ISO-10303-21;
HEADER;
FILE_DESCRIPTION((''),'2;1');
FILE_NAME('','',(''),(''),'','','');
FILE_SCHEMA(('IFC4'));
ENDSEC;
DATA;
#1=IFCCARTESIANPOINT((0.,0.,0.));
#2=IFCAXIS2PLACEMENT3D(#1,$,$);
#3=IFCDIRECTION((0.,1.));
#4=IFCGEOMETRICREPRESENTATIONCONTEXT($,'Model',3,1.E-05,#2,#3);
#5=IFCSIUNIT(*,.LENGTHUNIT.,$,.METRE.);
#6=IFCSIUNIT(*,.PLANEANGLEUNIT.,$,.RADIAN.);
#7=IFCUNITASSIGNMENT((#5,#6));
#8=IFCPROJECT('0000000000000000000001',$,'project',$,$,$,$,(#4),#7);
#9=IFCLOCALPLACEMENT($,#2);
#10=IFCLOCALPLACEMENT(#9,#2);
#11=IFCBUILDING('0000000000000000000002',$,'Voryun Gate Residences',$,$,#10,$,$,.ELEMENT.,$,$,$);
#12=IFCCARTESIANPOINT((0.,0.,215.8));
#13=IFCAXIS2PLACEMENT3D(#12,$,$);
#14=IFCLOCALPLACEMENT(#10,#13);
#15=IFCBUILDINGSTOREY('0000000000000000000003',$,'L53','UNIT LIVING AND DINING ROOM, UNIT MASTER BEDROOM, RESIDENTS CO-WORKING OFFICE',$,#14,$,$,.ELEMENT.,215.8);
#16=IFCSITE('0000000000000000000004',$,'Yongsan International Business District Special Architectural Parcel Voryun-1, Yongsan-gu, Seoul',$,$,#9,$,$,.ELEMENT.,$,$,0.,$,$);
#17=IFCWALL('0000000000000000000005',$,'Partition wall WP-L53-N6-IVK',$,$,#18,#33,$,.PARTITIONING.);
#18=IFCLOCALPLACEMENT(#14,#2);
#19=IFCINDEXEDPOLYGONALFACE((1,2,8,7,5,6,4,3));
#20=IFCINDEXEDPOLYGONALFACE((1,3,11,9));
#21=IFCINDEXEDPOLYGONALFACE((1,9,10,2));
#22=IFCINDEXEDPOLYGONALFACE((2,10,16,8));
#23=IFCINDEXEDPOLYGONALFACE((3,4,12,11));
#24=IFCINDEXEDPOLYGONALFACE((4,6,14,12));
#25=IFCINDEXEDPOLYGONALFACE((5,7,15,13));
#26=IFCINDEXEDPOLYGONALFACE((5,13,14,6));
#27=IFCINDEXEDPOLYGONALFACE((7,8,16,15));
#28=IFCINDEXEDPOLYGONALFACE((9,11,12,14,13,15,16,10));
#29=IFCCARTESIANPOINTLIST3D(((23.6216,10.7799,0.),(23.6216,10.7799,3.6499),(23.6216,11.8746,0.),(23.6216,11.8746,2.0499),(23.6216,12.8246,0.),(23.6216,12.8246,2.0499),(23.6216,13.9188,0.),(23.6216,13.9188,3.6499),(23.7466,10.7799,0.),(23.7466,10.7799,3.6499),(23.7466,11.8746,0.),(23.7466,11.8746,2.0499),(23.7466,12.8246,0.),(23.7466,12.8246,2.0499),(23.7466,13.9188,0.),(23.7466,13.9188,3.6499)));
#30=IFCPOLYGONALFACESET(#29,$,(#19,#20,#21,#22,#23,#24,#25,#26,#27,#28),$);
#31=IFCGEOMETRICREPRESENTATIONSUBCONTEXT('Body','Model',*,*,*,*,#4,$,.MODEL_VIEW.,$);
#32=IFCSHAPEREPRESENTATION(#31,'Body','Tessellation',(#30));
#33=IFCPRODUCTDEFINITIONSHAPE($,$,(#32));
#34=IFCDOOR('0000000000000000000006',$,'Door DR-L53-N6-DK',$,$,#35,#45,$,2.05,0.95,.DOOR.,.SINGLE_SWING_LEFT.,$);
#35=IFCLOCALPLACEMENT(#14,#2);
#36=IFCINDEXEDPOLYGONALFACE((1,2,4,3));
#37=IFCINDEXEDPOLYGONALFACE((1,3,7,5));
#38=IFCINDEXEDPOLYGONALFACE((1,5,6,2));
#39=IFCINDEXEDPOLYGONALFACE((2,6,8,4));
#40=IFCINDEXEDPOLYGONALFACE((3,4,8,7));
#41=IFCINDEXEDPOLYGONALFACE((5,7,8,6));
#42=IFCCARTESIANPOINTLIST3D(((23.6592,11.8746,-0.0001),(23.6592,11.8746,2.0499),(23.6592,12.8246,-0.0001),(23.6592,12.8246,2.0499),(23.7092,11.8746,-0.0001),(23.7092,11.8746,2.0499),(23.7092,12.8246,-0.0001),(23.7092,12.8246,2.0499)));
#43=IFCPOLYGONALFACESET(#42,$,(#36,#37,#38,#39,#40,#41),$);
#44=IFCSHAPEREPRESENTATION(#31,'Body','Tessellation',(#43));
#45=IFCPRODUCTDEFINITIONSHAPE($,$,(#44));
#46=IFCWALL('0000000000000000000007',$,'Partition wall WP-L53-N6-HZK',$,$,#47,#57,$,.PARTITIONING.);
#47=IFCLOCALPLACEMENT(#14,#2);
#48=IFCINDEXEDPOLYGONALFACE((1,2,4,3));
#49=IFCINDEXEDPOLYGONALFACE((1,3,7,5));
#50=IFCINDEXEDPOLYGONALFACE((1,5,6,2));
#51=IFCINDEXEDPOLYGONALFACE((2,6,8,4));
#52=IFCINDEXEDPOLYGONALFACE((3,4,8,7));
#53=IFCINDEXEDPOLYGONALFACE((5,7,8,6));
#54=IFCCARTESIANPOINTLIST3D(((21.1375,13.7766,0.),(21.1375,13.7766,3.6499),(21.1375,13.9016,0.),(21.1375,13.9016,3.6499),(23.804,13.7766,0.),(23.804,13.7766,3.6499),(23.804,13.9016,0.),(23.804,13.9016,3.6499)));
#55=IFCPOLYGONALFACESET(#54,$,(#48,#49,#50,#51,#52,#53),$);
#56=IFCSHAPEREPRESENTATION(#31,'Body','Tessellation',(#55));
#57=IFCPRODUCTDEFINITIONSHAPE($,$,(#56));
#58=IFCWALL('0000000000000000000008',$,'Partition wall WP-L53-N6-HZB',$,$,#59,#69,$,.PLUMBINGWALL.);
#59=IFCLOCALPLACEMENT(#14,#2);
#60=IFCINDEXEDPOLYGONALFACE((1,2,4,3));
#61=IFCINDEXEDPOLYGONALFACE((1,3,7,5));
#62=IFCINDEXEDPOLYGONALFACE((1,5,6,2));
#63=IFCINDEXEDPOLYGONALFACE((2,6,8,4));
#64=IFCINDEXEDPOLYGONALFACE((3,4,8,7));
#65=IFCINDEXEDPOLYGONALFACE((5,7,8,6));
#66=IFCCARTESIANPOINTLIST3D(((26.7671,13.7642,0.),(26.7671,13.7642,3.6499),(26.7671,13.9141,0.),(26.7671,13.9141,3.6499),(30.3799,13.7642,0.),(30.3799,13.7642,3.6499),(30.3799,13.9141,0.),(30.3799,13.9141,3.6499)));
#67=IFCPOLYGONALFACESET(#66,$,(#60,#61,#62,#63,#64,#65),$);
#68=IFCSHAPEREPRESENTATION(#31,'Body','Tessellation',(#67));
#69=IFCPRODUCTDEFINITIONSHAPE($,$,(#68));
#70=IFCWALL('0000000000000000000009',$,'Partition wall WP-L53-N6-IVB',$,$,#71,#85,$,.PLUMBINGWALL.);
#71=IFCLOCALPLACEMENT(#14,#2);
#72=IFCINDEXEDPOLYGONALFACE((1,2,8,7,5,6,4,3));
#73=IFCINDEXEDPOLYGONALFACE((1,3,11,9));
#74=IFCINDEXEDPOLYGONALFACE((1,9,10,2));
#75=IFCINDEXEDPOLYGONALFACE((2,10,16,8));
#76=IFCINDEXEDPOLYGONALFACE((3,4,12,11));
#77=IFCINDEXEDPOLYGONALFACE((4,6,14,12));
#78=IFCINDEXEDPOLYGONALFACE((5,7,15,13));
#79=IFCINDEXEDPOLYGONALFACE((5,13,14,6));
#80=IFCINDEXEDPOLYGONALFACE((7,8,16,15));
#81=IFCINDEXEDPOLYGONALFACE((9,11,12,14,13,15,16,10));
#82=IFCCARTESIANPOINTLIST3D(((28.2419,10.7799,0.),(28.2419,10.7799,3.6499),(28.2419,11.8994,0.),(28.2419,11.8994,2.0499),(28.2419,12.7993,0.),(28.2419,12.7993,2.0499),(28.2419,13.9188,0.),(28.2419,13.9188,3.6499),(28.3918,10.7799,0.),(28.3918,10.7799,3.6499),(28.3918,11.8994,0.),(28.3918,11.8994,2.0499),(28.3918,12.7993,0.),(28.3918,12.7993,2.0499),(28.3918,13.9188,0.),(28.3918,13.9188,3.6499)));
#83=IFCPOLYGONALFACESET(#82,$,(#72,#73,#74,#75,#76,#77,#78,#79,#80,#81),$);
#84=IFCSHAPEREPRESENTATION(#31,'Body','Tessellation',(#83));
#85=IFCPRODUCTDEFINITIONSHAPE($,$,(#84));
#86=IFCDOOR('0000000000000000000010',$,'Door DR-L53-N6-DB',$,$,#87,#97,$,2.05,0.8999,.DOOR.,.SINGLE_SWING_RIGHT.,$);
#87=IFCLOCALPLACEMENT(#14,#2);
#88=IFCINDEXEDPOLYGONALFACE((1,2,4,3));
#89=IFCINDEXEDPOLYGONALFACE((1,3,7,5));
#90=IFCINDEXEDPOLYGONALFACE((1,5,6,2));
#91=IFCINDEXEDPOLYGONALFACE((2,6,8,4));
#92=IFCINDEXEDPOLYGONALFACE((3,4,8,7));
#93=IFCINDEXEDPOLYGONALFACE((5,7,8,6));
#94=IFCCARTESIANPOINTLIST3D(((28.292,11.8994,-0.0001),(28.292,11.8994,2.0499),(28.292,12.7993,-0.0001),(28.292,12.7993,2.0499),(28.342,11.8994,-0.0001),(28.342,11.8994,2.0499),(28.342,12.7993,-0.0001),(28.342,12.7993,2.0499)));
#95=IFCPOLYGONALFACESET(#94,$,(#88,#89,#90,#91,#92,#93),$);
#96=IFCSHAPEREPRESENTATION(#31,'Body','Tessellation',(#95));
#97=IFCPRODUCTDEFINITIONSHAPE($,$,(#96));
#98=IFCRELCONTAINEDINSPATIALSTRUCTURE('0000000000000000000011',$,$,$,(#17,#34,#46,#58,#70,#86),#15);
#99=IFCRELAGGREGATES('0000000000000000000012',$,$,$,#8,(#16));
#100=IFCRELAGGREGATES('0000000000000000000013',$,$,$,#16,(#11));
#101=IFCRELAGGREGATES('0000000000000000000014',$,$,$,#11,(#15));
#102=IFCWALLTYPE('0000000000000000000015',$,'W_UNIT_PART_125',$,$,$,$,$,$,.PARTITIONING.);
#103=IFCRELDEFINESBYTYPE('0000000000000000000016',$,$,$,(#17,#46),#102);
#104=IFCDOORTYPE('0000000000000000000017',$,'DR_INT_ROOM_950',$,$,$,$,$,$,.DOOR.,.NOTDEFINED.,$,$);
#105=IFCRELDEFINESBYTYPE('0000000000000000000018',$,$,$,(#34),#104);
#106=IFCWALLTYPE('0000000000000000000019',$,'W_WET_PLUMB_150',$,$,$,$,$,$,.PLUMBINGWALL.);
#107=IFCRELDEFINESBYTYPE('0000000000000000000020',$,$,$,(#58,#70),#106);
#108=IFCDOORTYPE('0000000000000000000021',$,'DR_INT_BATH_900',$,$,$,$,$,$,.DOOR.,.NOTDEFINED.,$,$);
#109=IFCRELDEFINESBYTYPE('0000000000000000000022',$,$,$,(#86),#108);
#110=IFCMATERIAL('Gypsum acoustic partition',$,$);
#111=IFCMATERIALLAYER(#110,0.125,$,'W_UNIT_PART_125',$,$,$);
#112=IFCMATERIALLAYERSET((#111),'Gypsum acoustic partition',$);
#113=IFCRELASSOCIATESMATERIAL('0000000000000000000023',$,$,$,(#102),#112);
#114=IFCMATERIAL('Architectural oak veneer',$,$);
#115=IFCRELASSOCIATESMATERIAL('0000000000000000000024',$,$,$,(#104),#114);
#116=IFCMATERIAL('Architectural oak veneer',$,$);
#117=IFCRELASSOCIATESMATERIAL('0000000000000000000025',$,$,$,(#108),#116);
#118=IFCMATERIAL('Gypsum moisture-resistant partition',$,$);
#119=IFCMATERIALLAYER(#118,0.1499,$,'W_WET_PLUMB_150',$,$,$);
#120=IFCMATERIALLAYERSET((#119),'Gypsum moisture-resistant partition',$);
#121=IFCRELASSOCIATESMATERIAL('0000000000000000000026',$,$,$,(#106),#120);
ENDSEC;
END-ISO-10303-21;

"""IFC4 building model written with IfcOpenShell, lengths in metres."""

from ifc_helpers import new_model, si_unit, direction, frame, frame_2d, origin, place, context, subcontext, project, spatial, rectangle, extrude, material, layer, layer_set, type_object, element, fill, save


model = new_model("IFC4")

# Units and contexts
model_context = context("Model", 3, precision=1e-05, world=origin(), true_north=direction((0.0, 1.0)))
body_context = subcontext(model_context, "Body", "Model", "MODEL_VIEW")
ifc_project = project(units=[si_unit("LENGTHUNIT", "METRE"), si_unit("PLANEANGLEUNIT", "RADIAN")], contexts=[model_context])

# Site, building, storey
site_placement = place(None, origin())
site = spatial("IfcSite", under=ifc_project, at=site_placement, Name="Yongsan International Business District Special Architectural Parcel Voryun-1, Yongsan-gu, Seoul", CompositionType="ELEMENT", RefElevation=0.0)
building_placement = place(site_placement, origin())
building = spatial("IfcBuilding", under=site, at=building_placement, Name="Voryun Gate Residences", CompositionType="ELEMENT")
storey_placement = place(building_placement, frame((0.0, 0.0, 215.8)))
storey = spatial("IfcBuildingStorey", under=building, at=storey_placement, Name="L53", Description="UNIT LIVING AND DINING ROOM, UNIT MASTER BEDROOM, RESIDENTS CO-WORKING OFFICE", CompositionType="ELEMENT", Elevation=215.8)

# Shared definitions
ifc_material_1 = material(Name="Gypsum acoustic partition")
ifc_layer_1 = layer(ifc_material_1, 0.125, Name="W_UNIT_PART_125")
ifc_layer_set_1 = layer_set([ifc_layer_1], Name="Gypsum acoustic partition")
wall_type_1 = type_object("IfcWallType", Name="W_UNIT_PART_125", PredefinedType="PARTITIONING", material=ifc_layer_set_1)
ifc_material_2 = material(Name="Architectural oak veneer")
door_type_1 = type_object("IfcDoorType", Name="DR_INT_ROOM_950", OperationType="NOTDEFINED", PredefinedType="DOOR", material=ifc_material_2)

# Wall, opening, door
ifc_material_3 = material(Name="Architectural oak veneer")
door_type_2 = type_object("IfcDoorType", Name="DR_INT_BATH_900", OperationType="NOTDEFINED", PredefinedType="DOOR", material=ifc_material_3)
wall_1_placement = place(storey_placement, frame((23.6841, 10.78, 0.0), z_axis=(0.0, 0.0, 1.0), x_axis=(0.0, 1.0, 0.0)))
wall_1 = element("IfcWall", 1, at=wall_1_placement, inside=storey, type_object=wall_type_1, Name="Partition wall WP-L53-N6-IVK", PredefinedType="PARTITIONING", context=body_context, shape_type="SweptSolid", body=[
    extrude(rectangle(XDim=3.1389, YDim=0.125, at=frame_2d((1.5693, 0.0))), origin(), (0.0, 0.0, 1.0), 3.6499),
])
opening_1_placement = place(wall_1_placement, frame((1.0945, 0.0, 0.0)))
opening_1 = element("IfcOpeningElement", 2, at=opening_1_placement, cuts=wall_1, PredefinedType="OPENING", context=body_context, shape_type="SweptSolid", body=[
    extrude(rectangle(XDim=0.95, YDim=2.05, at=frame_2d((0.4751, 1.0249))), frame((0.0, 0.0725, 0.0), z_axis=(0.0, -1.0, 0.0), x_axis=(1.0, 0.0, 0.0)), (0.0, 0.0, 1.0), 0.145),
])
door_1_placement = place(opening_1_placement, origin())
door_1 = element("IfcDoor", 3, at=door_1_placement, inside=storey, type_object=door_type_1, Name="Door DR-L53-N6-DK", OperationType="SINGLE_SWING_LEFT", OverallHeight=2.05, OverallWidth=0.95, PredefinedType="DOOR", context=body_context, shape_type="SweptSolid", body=[
    extrude(rectangle(XDim=0.95, YDim=2.05, at=frame_2d((0.4751, 1.0249))), frame((0.0, 0.0249, 0.0), z_axis=(0.0, -1.0, 0.0), x_axis=(1.0, 0.0, 0.0)), (0.0, 0.0, 1.0), 0.05),
])
fill(opening_1, door_1)

# Walls
wall_2_placement = place(storey_placement, frame((21.1375, 13.8391, 0.0), z_axis=(0.0, 0.0, 1.0), x_axis=(1.0, 0.0, 0.0)))
element("IfcWall", 4, at=wall_2_placement, inside=storey, type_object=wall_type_1, Name="Partition wall WP-L53-N6-HZK", PredefinedType="PARTITIONING", context=body_context, shape_type="SweptSolid", body=[
    extrude(rectangle(XDim=2.6665, YDim=0.125, at=frame_2d((1.3333, 0.0))), origin(), (0.0, 0.0, 1.0), 3.6499),
])
ifc_material_4 = material(Name="Gypsum moisture-resistant partition")
ifc_layer_2 = layer(ifc_material_4, 0.1499, Name="W_WET_PLUMB_150")
ifc_layer_set_2 = layer_set([ifc_layer_2], Name="Gypsum moisture-resistant partition")
wall_type_2 = type_object("IfcWallType", Name="W_WET_PLUMB_150", PredefinedType="PLUMBINGWALL", material=ifc_layer_set_2)
wall_3_placement = place(storey_placement, frame((26.7671, 13.8391, 0.0), z_axis=(0.0, 0.0, 1.0), x_axis=(1.0, 0.0, 0.0)))
element("IfcWall", 5, at=wall_3_placement, inside=storey, type_object=wall_type_2, Name="Partition wall WP-L53-N6-HZB", PredefinedType="PLUMBINGWALL", context=body_context, shape_type="SweptSolid", body=[
    extrude(rectangle(XDim=3.6128, YDim=0.1499, at=frame_2d((1.8064, 0.0))), origin(), (0.0, 0.0, 1.0), 3.6499),
])

# Wall, opening, door
wall_4_placement = place(storey_placement, frame((28.3169, 10.78, 0.0), z_axis=(0.0, 0.0, 1.0), x_axis=(0.0, 1.0, 0.0)))
wall_4 = element("IfcWall", 6, at=wall_4_placement, inside=storey, type_object=wall_type_2, Name="Partition wall WP-L53-N6-IVB", PredefinedType="PLUMBINGWALL", context=body_context, shape_type="SweptSolid", body=[
    extrude(rectangle(XDim=3.1389, YDim=0.1499, at=frame_2d((1.5693, 0.0))), origin(), (0.0, 0.0, 1.0), 3.6499),
])
opening_2_placement = place(wall_4_placement, frame((1.1194, 0.0, 0.0)))
opening_2 = element("IfcOpeningElement", 7, at=opening_2_placement, cuts=wall_4, PredefinedType="OPENING", context=body_context, shape_type="SweptSolid", body=[
    extrude(rectangle(XDim=0.8999, YDim=2.05, at=frame_2d((0.45, 1.0249))), frame((0.0, 0.085, 0.0), z_axis=(0.0, -1.0, 0.0), x_axis=(1.0, 0.0, 0.0)), (0.0, 0.0, 1.0), 0.1699),
])
door_2_placement = place(opening_2_placement, origin())
door_2 = element("IfcDoor", 8, at=door_2_placement, inside=storey, type_object=door_type_2, Name="Door DR-L53-N6-DB", OperationType="SINGLE_SWING_RIGHT", OverallHeight=2.05, OverallWidth=0.8999, PredefinedType="DOOR", context=body_context, shape_type="SweptSolid", body=[
    extrude(rectangle(XDim=0.8999, YDim=2.05, at=frame_2d((0.45, 1.0249))), frame((0.0, 0.0249, 0.0), z_axis=(0.0, -1.0, 0.0), x_axis=(1.0, 0.0, 0.0)), (0.0, 0.0, 1.0), 0.05),
])
fill(opening_2, door_2)

save(model, "model.ifc")
